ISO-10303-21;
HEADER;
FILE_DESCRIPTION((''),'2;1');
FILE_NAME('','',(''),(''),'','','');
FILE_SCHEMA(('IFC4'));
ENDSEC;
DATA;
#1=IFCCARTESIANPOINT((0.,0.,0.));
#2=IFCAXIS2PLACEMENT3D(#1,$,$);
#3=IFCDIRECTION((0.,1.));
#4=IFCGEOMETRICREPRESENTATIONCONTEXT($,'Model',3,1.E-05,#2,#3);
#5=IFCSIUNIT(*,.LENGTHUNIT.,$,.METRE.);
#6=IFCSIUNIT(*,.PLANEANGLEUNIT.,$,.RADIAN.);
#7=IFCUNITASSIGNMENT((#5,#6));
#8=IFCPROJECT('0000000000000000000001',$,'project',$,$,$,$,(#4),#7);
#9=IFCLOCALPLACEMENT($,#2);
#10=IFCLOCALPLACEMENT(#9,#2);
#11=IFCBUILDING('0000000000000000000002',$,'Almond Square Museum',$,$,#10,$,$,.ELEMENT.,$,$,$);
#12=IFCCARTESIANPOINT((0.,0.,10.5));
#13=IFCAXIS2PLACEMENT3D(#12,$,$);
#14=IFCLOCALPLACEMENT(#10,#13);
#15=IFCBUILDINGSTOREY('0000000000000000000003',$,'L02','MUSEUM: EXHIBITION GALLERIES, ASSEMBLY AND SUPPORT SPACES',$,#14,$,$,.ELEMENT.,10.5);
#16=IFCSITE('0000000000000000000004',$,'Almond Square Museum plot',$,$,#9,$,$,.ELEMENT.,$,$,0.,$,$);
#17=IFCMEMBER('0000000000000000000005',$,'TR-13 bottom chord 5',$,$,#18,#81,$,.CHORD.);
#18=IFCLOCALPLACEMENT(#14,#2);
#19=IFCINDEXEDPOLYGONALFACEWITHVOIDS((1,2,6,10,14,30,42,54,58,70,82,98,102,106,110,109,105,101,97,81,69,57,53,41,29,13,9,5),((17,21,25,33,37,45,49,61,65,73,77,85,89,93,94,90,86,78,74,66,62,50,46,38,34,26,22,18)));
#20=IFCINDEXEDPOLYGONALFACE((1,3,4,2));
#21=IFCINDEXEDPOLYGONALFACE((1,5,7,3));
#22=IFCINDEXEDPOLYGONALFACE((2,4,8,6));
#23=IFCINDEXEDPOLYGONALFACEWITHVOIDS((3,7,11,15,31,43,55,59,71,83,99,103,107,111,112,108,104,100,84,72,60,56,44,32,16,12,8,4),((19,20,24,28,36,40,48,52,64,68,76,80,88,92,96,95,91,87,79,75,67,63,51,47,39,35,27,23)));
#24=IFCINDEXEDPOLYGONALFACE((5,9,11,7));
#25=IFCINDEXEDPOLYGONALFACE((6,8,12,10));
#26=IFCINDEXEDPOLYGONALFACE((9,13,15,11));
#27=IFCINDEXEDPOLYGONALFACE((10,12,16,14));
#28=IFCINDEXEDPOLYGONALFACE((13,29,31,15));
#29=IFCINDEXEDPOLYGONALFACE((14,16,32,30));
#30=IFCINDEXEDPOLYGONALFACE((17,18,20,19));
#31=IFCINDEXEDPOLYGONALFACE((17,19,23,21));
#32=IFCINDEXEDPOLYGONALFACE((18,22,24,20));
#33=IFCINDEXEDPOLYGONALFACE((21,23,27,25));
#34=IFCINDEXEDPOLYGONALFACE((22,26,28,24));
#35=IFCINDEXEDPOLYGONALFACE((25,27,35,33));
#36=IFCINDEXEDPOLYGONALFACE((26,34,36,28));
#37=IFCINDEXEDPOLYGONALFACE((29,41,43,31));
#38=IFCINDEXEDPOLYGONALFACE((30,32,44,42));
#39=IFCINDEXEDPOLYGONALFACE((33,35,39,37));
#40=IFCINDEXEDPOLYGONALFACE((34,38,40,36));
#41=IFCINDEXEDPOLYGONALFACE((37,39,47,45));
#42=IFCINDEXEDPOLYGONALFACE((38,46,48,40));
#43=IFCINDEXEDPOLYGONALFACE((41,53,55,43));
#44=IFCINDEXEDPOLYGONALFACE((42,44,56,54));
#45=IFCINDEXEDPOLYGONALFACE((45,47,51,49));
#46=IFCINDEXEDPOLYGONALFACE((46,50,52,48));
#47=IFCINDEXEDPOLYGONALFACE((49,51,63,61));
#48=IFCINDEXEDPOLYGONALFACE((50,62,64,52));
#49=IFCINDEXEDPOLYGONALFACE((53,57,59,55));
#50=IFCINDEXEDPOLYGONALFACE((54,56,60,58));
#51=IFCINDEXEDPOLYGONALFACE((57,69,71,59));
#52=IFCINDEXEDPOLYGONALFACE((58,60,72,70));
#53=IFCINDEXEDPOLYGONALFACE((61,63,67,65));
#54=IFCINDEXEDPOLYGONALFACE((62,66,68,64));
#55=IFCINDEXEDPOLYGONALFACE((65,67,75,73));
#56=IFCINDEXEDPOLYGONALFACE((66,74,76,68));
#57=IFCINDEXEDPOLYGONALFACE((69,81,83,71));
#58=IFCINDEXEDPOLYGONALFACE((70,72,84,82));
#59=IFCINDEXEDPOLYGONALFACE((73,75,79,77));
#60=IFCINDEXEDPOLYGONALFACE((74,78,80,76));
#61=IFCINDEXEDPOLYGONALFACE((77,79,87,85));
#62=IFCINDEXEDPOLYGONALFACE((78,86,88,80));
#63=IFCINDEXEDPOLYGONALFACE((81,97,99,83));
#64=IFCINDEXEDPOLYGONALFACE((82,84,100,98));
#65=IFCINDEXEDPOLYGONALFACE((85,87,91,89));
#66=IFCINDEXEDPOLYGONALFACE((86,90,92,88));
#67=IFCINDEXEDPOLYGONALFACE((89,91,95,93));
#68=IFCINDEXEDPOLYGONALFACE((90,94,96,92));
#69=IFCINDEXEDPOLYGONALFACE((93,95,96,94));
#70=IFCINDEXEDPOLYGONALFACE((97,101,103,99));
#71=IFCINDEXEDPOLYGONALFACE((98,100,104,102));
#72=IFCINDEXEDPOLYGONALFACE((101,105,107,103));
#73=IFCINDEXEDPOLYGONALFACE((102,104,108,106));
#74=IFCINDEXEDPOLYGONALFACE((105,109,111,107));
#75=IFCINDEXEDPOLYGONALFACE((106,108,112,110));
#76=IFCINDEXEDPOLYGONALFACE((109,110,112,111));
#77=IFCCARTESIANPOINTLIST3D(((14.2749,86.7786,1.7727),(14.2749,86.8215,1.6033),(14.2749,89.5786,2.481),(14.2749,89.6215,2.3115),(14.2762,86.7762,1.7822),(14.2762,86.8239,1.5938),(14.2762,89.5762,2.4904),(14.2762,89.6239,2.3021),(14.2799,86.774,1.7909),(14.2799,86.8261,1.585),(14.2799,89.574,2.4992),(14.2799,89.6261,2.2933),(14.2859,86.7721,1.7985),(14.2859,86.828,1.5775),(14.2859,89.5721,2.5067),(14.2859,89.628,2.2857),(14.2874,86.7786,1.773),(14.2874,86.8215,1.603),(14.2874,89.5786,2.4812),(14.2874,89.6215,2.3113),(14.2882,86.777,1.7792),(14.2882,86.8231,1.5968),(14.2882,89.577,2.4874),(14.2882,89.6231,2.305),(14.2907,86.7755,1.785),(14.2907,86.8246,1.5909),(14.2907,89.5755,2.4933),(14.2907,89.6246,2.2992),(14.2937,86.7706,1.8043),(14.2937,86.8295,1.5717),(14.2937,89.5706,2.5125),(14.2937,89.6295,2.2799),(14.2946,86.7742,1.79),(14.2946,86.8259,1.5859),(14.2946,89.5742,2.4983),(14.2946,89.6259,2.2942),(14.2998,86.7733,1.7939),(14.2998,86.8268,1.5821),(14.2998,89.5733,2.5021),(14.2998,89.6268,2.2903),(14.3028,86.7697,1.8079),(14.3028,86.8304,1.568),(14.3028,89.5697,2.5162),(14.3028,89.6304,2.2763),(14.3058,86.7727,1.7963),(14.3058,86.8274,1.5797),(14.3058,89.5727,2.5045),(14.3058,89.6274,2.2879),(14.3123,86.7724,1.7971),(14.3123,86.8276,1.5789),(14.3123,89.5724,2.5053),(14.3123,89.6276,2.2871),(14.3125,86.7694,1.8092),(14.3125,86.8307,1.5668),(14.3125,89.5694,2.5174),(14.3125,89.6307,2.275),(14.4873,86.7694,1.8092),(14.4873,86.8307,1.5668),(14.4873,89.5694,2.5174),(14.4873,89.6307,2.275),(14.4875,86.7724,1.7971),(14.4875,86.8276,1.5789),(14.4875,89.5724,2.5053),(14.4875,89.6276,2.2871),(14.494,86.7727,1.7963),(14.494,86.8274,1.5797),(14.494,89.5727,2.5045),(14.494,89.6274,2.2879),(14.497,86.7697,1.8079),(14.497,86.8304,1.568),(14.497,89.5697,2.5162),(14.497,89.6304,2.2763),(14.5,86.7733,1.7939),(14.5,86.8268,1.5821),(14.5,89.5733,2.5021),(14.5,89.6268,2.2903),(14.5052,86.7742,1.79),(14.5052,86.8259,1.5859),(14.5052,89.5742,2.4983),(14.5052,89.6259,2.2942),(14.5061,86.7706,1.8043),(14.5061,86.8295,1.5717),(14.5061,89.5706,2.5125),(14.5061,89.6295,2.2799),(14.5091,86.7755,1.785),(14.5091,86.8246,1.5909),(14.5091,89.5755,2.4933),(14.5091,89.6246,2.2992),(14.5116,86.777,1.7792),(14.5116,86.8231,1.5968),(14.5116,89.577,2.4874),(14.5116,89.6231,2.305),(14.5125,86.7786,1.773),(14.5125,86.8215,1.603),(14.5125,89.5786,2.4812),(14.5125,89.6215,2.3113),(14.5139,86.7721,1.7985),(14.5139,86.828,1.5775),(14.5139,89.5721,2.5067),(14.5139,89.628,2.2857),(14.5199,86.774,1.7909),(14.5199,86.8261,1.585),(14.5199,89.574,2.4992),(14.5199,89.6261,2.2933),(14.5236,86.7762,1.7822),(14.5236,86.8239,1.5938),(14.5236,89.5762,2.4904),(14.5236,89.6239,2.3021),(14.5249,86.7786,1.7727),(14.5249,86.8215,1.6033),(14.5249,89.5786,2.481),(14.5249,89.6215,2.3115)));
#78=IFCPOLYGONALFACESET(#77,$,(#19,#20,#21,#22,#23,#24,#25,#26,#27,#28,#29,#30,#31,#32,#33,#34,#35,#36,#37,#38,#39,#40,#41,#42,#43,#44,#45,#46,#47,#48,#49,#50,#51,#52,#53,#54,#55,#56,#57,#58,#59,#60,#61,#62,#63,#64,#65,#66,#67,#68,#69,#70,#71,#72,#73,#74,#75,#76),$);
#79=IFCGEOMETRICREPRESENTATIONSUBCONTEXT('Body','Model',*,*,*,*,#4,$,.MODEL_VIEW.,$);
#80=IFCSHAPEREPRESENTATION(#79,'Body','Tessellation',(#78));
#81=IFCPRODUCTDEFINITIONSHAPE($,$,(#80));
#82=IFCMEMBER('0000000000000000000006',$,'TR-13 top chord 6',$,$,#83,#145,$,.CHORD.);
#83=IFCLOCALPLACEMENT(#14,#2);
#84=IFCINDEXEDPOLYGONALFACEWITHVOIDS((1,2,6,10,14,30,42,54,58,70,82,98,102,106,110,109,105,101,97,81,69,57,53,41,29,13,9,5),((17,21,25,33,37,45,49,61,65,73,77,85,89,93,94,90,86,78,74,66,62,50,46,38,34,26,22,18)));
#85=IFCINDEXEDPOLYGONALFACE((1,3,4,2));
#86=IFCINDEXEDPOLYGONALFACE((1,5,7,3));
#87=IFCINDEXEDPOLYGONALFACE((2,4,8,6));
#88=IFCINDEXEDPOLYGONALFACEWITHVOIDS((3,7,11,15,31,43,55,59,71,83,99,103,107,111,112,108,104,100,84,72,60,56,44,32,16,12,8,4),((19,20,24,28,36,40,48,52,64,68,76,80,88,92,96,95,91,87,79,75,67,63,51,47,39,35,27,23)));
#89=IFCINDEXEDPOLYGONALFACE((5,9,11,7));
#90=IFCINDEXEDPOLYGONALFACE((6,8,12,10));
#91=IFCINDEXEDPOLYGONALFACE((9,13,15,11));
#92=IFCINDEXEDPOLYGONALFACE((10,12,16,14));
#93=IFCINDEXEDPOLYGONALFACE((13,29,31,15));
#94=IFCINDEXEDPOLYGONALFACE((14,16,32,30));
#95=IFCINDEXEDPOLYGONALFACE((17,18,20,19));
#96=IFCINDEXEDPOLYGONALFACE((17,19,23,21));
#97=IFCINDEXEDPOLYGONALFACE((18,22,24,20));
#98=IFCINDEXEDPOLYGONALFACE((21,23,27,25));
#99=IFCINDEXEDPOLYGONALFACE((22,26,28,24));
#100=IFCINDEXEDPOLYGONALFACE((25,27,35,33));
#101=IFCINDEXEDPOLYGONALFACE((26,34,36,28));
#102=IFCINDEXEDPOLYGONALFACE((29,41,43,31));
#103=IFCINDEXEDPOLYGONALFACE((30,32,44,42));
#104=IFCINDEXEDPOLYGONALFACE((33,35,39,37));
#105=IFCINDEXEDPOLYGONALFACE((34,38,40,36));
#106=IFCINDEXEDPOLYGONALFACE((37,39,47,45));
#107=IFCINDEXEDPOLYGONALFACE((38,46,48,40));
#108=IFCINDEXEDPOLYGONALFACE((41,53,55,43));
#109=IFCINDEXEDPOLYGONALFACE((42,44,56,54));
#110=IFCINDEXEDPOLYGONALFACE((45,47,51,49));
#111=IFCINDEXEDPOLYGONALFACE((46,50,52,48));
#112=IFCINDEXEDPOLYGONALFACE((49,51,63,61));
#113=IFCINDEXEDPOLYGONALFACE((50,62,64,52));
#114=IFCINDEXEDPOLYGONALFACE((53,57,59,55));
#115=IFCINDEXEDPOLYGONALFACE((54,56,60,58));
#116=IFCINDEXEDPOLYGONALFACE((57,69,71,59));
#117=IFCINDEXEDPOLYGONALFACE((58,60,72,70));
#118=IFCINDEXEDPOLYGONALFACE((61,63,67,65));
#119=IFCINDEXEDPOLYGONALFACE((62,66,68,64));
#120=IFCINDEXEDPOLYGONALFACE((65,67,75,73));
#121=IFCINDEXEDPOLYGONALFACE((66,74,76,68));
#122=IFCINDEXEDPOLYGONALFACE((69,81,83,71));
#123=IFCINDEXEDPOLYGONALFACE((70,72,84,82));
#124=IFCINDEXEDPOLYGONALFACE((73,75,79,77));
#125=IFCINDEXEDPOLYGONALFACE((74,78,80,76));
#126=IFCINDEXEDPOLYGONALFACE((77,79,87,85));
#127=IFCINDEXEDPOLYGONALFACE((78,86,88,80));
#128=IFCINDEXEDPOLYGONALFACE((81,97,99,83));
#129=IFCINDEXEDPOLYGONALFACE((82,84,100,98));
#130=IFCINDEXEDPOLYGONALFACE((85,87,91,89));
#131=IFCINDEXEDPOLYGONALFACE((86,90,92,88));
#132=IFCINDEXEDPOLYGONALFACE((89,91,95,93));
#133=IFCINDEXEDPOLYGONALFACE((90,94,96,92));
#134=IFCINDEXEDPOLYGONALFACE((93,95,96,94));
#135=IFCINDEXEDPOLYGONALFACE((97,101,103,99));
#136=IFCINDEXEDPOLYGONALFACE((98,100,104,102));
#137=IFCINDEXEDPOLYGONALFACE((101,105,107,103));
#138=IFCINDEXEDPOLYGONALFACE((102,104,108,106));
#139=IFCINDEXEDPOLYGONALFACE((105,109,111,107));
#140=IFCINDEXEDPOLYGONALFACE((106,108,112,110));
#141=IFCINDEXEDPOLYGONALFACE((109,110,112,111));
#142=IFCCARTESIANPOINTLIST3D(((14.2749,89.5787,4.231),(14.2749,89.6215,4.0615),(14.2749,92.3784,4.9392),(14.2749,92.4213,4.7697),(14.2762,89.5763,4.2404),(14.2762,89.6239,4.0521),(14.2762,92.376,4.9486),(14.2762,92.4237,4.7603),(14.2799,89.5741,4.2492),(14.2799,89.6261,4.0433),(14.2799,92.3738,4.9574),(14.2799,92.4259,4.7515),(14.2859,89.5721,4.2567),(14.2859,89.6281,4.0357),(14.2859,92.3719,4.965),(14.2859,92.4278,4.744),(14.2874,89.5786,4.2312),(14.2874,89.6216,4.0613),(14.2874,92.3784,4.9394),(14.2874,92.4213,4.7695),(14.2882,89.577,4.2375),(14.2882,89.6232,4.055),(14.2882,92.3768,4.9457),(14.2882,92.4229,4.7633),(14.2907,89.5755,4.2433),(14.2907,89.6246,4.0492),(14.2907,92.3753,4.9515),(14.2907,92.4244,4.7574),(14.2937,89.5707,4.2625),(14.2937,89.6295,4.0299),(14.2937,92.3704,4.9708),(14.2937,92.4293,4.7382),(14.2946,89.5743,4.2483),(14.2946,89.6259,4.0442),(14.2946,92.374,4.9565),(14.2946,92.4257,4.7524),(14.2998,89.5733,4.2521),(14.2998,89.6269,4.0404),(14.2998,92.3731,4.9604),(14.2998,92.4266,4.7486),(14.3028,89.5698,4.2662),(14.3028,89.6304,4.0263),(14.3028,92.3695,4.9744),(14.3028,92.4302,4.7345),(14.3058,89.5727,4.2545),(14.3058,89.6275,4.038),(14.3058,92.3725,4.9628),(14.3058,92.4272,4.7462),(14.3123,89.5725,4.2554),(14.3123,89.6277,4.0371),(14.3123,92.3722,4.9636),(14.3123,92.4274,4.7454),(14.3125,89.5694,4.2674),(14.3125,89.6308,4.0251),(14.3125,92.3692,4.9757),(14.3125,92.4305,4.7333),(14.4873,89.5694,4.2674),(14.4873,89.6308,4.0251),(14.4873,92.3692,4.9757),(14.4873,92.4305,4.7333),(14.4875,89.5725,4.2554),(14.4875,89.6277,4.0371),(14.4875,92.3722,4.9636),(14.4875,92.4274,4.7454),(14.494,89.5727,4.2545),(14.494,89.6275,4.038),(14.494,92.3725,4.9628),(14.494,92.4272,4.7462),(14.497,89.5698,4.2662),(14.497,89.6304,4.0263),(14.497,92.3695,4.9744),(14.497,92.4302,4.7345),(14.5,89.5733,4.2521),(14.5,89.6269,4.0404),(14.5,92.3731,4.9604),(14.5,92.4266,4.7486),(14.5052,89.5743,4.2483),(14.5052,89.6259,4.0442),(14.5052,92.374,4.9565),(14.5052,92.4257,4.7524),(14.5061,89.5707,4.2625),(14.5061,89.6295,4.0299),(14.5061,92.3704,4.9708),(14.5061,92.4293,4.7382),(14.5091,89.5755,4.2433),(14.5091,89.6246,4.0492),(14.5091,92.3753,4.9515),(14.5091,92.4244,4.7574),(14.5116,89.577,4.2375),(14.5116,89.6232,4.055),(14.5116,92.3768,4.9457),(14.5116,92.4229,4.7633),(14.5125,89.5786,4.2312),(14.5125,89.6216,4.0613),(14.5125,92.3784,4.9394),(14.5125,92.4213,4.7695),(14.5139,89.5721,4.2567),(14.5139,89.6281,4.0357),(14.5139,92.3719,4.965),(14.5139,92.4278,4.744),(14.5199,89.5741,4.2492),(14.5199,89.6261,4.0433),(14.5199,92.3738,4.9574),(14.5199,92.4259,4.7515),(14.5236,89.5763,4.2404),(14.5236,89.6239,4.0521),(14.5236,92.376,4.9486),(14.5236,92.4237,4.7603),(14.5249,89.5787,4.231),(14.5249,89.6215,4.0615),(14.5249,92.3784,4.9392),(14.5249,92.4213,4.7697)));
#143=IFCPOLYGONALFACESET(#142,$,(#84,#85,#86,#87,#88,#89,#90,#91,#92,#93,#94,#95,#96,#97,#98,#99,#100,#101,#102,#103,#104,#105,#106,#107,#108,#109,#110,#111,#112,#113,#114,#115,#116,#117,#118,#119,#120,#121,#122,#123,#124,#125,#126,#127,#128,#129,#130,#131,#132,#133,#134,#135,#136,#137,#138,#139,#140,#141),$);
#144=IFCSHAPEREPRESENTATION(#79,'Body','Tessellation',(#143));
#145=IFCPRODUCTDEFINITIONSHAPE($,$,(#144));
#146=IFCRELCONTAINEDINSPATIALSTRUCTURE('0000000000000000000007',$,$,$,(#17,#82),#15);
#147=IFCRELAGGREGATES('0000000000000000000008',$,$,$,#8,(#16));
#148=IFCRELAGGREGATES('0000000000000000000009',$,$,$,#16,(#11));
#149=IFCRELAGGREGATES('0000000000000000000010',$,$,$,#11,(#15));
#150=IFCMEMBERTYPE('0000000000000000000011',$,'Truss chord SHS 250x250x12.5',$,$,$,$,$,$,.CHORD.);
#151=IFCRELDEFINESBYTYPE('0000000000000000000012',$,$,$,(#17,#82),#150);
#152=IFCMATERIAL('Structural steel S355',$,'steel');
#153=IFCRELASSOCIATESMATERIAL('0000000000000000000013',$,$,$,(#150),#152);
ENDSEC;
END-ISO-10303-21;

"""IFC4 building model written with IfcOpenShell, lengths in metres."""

from ifc_helpers import new_model, si_unit, direction, frame, origin, origin_2d, place, context, subcontext, project, spatial, hollow_rectangle, extrude, material, material_profile, profile_set, type_object, element, save


model = new_model("IFC4")

# Units and contexts
model_context = context("Model", 3, precision=1e-05, world=origin(), true_north=direction((0.0, 1.0)))
body_context = subcontext(model_context, "Body", "Model", "MODEL_VIEW")
ifc_project = project(units=[si_unit("LENGTHUNIT", "METRE"), si_unit("PLANEANGLEUNIT", "RADIAN")], contexts=[model_context])

# Site, building, storey
site_placement = place(None, origin())
site = spatial("IfcSite", under=ifc_project, at=site_placement, Name="Almond Square Museum plot", CompositionType="ELEMENT", RefElevation=0.0)
building_placement = place(site_placement, origin())
building = spatial("IfcBuilding", under=site, at=building_placement, Name="Almond Square Museum", CompositionType="ELEMENT")
storey_placement = place(building_placement, frame((0.0, 0.0, 10.5)))
storey = spatial("IfcBuildingStorey", under=building, at=storey_placement, Name="L02", Description="MUSEUM: EXHIBITION GALLERIES, ASSEMBLY AND SUPPORT SPACES", CompositionType="ELEMENT", Elevation=10.5)

# Members
ifc_material_1 = material(Name="Structural steel S355", Category="steel")
ifc_material_profile_1 = material_profile(ifc_material_1, hollow_rectangle(XDim=0.25, YDim=0.25, WallThickness=0.0125, InnerFilletRadius=0.0249, OuterFilletRadius=0.0376, at=origin_2d()))
ifc_profile_set_1 = profile_set([ifc_material_profile_1], Name="Structural steel S355")
member_type_1 = type_object("IfcMemberType", Name="Truss chord SHS 250x250x12.5", PredefinedType="CHORD", material=ifc_profile_set_1)
for number, where, z_axis, x_axis, name in (
    (1, (14.3999, 86.8, 1.688), (0.0, 0.969468, 0.24522), (-1.0, 0.0, 0.0), "TR-13 bottom chord 5"),
):
    element("IfcMember", number, at=place(storey_placement, frame(where, z_axis=z_axis, x_axis=x_axis)), inside=storey, type_object=member_type_1, Name=name, PredefinedType="CHORD", context=body_context, shape_type="SweptSolid", body=[
        extrude(hollow_rectangle(XDim=0.25, YDim=0.25, WallThickness=0.0125, InnerFilletRadius=0.0249, OuterFilletRadius=0.0376, at=origin_2d()), origin(), (0.0, 0.0, 1.0), 2.8882),
    ])
for number, where, z_axis, x_axis, name in (
    (2, (14.3999, 89.6001, 4.1462), (0.0, 0.969462, 0.24524), (-1.0, 0.0, 0.0), "TR-13 top chord 6"),
):
    element("IfcMember", number, at=place(storey_placement, frame(where, z_axis=z_axis, x_axis=x_axis)), inside=storey, type_object=member_type_1, Name=name, PredefinedType="CHORD", context=body_context, shape_type="SweptSolid", body=[
        extrude(hollow_rectangle(XDim=0.25, YDim=0.25, WallThickness=0.0125, InnerFilletRadius=0.0249, OuterFilletRadius=0.0376, at=origin_2d()), origin(), (0.0, 0.0, 1.0), 2.8879),
    ])

save(model, "model.ifc")
